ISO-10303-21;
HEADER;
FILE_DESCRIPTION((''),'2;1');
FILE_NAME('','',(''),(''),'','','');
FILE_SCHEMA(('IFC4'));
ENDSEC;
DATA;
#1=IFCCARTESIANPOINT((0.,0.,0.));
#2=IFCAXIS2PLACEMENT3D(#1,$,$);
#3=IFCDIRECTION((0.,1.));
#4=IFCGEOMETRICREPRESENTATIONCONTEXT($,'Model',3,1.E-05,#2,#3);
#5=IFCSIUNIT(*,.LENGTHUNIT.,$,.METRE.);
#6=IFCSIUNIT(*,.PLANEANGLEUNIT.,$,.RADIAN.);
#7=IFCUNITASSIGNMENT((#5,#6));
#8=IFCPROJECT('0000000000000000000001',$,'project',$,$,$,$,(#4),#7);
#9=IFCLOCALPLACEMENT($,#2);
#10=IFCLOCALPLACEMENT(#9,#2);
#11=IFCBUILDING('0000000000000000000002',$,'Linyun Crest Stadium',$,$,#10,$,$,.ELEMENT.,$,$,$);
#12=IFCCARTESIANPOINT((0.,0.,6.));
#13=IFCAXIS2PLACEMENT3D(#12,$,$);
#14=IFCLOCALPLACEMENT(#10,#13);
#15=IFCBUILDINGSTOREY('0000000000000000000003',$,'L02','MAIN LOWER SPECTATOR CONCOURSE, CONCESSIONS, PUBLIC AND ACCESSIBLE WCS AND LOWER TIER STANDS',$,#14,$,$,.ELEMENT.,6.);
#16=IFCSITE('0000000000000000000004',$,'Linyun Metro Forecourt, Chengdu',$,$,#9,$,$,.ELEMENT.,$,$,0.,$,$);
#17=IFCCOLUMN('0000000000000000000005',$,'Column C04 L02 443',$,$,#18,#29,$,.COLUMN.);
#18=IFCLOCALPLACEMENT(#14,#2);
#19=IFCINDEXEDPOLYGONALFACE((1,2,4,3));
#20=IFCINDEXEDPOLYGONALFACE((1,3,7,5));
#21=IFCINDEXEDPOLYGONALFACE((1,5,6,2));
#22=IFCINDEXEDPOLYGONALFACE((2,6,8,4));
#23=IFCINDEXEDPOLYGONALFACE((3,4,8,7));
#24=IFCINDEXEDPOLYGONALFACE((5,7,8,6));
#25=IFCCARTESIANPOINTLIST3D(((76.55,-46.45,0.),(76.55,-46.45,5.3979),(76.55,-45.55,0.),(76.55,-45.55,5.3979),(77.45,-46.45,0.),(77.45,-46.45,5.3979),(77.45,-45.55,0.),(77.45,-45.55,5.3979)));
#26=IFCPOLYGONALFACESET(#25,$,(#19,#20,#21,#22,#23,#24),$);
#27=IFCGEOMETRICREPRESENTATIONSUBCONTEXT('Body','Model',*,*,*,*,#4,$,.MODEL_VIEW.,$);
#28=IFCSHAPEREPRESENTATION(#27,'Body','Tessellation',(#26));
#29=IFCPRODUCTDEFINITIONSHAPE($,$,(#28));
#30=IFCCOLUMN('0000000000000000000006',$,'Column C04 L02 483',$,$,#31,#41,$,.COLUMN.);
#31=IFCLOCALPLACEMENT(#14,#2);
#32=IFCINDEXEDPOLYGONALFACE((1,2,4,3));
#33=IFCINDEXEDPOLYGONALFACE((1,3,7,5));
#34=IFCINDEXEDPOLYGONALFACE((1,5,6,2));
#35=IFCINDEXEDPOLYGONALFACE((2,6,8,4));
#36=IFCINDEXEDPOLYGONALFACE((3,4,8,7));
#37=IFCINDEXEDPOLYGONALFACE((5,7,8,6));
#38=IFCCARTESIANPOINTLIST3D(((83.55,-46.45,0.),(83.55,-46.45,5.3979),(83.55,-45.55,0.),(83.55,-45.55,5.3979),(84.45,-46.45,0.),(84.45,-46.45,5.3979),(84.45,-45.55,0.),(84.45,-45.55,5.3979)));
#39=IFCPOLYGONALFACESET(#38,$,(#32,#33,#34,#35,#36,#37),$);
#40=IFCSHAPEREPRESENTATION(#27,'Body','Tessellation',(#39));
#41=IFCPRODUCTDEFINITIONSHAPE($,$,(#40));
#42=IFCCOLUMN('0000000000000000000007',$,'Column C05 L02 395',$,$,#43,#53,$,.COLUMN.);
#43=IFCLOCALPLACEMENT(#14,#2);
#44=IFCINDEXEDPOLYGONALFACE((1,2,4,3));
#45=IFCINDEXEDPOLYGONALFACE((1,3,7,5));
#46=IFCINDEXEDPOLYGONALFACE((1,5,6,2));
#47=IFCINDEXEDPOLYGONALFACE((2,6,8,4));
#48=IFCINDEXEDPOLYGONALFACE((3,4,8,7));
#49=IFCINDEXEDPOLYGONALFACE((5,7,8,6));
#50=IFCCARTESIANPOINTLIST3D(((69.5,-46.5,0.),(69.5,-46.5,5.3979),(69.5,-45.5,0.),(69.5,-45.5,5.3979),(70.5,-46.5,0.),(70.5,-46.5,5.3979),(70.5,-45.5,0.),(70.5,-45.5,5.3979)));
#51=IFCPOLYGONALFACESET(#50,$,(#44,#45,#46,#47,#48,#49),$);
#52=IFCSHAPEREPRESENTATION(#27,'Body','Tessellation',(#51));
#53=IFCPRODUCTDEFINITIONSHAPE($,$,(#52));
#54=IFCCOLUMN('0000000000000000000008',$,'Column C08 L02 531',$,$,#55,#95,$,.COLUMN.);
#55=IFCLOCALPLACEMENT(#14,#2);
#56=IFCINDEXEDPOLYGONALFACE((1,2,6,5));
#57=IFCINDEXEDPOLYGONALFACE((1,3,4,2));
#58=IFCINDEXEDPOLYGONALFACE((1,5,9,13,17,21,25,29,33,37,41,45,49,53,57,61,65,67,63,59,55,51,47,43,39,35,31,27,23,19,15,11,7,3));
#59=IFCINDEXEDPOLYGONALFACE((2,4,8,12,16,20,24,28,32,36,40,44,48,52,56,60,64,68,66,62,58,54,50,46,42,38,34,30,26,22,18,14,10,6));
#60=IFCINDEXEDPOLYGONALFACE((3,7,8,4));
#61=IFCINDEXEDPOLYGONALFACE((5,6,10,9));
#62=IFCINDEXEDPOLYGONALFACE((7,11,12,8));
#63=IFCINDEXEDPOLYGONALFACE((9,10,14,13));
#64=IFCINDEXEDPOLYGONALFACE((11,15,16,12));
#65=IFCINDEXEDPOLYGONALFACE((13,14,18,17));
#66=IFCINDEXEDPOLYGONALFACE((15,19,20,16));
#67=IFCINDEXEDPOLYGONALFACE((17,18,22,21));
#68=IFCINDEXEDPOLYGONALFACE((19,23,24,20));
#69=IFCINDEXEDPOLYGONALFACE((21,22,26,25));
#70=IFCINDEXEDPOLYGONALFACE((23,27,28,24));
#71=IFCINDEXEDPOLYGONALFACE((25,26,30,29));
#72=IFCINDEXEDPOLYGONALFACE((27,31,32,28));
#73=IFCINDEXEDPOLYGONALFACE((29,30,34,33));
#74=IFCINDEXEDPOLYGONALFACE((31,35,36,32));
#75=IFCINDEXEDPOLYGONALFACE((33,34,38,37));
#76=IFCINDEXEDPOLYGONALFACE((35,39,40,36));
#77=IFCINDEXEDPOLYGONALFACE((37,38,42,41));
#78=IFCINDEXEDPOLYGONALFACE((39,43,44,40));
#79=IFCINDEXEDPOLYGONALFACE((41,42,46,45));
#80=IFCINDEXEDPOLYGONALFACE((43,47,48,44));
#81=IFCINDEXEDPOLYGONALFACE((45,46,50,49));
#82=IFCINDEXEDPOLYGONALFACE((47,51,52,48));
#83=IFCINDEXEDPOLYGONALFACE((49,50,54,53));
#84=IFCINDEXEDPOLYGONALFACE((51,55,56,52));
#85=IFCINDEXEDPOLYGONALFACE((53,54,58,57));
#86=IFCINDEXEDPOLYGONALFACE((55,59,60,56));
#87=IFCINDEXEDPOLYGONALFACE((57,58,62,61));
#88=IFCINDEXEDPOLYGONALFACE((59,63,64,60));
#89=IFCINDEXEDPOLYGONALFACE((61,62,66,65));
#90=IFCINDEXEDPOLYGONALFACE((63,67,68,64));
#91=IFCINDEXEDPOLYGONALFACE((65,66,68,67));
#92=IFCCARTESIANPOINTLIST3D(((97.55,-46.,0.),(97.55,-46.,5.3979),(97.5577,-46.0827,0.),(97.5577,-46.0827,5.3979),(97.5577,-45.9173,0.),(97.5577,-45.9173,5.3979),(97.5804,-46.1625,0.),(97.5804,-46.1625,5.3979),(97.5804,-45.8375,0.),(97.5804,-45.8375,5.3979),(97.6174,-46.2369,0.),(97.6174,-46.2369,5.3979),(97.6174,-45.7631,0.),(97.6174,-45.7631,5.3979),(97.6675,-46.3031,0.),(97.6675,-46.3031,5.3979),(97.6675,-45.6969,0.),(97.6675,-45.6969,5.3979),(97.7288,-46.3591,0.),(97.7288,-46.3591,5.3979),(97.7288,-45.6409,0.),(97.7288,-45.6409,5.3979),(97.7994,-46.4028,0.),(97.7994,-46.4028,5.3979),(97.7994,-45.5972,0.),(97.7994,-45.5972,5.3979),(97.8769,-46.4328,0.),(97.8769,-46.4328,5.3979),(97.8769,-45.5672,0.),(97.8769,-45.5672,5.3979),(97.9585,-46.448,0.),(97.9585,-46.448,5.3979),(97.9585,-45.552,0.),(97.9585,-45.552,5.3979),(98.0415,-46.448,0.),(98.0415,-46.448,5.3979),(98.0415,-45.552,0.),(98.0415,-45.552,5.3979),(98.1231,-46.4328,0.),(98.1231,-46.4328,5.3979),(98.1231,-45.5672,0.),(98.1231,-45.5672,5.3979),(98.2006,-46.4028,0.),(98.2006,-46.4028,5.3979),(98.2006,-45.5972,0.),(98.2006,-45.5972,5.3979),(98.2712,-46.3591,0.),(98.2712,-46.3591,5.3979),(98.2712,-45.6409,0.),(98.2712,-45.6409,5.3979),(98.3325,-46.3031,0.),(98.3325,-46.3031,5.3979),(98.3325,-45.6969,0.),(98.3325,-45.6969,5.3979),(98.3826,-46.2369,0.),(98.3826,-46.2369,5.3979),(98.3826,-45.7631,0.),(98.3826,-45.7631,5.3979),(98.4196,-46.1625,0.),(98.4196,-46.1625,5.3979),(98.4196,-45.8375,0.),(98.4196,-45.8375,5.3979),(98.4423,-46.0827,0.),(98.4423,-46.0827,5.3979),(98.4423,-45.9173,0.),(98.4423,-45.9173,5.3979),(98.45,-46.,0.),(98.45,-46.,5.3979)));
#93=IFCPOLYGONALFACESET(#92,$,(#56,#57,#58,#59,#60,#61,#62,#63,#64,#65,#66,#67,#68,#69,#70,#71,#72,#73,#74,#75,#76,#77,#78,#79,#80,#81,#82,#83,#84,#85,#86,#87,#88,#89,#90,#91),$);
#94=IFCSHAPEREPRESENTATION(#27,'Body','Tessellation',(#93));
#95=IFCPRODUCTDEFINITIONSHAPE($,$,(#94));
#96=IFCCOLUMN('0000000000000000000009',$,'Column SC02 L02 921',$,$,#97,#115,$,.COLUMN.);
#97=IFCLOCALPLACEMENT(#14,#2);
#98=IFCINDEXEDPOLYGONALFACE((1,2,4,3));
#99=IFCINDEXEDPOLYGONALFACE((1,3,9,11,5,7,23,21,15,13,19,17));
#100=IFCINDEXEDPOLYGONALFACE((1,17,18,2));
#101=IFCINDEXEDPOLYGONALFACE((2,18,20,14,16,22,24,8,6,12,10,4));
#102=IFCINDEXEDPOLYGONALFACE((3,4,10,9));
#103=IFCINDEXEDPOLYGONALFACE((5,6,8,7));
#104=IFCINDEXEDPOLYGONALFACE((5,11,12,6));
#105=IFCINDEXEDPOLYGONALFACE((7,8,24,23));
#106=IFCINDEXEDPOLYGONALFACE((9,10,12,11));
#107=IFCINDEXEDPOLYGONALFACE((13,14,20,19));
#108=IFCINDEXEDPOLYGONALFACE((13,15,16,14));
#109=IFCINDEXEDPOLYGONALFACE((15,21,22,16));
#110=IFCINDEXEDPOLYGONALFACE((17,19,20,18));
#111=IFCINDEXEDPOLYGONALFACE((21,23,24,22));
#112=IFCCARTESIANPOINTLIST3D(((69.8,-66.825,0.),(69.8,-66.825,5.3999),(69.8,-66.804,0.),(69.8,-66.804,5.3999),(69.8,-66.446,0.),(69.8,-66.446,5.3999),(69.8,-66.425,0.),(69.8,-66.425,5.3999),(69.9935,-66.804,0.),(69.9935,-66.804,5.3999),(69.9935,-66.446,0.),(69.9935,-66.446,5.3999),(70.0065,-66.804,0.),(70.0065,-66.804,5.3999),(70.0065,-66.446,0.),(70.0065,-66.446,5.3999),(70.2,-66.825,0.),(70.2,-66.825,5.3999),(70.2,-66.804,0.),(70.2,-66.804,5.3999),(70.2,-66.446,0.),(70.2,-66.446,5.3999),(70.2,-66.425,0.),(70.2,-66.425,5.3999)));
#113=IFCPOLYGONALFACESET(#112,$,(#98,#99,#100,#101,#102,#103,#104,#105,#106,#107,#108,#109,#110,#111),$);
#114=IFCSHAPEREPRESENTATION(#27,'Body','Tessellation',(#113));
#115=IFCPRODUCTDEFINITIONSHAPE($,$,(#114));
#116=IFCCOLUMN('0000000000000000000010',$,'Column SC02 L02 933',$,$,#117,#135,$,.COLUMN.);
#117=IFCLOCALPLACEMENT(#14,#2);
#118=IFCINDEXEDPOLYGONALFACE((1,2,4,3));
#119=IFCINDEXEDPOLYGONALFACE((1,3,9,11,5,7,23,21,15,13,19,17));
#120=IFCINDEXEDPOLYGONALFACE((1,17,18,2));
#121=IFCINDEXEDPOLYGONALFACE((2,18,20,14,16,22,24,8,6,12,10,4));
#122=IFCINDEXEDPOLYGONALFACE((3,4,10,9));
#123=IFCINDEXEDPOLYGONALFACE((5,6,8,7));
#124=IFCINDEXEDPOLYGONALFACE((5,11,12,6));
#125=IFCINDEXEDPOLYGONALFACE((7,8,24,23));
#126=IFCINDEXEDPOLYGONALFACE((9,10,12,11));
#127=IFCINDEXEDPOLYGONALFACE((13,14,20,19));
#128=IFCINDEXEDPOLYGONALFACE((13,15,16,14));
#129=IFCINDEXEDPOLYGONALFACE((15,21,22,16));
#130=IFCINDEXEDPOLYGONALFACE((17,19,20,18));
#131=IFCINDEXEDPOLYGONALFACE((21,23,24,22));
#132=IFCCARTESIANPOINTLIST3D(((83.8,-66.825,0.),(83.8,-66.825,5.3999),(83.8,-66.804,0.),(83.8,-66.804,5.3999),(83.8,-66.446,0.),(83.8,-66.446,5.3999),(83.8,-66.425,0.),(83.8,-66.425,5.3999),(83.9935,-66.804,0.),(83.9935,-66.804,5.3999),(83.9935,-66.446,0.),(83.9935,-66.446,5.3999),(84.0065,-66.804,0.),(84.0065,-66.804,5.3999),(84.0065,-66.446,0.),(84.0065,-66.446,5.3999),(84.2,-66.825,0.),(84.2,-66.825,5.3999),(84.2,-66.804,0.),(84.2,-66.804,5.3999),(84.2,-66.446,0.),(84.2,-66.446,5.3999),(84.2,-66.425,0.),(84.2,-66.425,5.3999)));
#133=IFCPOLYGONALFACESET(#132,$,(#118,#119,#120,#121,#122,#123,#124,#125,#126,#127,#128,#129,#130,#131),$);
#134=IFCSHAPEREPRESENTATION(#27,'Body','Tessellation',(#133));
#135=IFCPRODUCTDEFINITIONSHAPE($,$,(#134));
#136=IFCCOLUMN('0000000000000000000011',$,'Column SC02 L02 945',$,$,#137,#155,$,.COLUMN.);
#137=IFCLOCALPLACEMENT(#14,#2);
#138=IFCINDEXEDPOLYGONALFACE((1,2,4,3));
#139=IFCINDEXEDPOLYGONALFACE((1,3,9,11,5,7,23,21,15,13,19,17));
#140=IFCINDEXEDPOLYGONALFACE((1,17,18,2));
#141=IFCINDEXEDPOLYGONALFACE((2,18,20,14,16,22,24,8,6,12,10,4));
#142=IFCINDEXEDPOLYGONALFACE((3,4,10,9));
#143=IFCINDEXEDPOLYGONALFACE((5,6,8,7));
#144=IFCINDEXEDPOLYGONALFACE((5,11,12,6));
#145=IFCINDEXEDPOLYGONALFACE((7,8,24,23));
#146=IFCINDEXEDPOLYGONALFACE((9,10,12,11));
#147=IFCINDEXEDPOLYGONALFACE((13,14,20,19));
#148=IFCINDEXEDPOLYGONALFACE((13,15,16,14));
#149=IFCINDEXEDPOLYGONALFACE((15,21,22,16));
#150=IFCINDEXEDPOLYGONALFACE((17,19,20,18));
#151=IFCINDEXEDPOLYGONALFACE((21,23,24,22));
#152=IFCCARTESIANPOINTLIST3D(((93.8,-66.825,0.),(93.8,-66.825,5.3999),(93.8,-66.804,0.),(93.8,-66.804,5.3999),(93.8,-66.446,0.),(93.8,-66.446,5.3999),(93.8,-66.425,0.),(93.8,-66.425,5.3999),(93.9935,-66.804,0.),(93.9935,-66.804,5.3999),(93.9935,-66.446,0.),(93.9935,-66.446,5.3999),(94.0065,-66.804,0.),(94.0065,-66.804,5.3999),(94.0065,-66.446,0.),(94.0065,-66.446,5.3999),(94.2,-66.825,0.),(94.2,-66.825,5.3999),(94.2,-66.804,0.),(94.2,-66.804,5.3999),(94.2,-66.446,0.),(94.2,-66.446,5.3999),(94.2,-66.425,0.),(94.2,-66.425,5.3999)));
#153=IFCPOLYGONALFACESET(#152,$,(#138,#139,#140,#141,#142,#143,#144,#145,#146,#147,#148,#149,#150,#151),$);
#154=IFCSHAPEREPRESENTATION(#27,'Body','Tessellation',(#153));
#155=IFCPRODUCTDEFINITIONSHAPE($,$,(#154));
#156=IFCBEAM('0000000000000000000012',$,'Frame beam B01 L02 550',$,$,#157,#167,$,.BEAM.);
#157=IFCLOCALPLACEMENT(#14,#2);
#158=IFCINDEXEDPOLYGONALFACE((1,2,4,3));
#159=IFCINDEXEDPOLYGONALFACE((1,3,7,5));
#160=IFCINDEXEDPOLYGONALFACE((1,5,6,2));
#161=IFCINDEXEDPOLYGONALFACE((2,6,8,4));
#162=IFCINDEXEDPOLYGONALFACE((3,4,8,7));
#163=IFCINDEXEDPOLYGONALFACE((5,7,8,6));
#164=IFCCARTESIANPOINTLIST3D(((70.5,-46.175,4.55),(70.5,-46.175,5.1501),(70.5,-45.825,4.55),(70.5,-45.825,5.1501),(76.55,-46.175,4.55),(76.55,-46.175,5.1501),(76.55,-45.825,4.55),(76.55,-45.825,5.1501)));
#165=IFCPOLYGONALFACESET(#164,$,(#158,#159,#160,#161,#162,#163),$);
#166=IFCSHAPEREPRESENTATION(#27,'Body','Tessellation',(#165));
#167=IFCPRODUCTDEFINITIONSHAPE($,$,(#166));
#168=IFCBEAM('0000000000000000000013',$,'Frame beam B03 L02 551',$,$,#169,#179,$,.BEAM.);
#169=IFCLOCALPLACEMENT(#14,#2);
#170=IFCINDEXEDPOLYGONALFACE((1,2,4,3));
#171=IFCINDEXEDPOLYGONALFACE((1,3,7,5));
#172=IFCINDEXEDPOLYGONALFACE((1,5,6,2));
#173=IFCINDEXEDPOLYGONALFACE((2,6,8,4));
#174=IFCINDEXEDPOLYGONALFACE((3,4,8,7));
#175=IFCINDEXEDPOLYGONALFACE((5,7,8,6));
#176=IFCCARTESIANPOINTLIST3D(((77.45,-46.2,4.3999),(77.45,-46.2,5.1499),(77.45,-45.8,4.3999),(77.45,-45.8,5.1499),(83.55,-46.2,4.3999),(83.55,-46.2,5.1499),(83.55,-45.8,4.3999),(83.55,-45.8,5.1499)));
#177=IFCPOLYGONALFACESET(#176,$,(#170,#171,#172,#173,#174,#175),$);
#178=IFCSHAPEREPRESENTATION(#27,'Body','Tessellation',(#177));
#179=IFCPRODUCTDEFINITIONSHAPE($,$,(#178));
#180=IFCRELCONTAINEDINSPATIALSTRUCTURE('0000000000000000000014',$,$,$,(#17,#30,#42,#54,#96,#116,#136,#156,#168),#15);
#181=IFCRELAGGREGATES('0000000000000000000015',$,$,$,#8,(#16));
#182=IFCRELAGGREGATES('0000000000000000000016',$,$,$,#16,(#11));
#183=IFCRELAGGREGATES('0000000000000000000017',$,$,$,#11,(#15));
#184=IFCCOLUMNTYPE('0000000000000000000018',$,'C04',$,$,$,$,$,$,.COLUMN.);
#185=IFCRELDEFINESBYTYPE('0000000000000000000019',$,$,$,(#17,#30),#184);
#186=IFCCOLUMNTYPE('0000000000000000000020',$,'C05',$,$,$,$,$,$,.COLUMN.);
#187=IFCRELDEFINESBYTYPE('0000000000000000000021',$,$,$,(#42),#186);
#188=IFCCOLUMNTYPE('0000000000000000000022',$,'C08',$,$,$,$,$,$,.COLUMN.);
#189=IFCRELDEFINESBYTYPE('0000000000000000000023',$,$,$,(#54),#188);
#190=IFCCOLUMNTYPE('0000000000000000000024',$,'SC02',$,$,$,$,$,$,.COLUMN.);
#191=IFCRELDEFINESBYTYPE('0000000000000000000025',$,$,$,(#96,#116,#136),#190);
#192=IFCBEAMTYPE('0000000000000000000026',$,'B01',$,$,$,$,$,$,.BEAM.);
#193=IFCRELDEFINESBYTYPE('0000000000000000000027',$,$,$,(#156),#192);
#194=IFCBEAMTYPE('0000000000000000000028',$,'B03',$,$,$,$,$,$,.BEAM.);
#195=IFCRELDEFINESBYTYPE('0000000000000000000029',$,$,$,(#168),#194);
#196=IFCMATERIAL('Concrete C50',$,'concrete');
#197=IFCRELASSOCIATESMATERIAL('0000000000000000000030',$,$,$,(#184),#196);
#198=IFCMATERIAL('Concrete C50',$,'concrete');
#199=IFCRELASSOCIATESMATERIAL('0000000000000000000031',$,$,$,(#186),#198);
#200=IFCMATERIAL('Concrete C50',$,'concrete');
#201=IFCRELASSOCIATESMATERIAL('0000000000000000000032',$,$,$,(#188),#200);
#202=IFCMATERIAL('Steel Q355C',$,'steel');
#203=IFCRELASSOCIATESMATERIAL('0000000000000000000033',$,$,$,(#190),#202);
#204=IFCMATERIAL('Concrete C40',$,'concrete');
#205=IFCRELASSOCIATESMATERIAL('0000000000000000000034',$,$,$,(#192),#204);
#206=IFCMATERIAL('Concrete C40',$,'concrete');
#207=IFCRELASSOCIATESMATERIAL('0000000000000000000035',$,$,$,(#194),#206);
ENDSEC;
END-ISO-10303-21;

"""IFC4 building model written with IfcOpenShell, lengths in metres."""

from ifc_helpers import new_model, si_unit, direction, frame, origin, origin_2d, place, context, subcontext, project, spatial, rectangle, circle, i_section, extrude, material, material_profile, profile_set, type_object, element, save


model = new_model("IFC4")

# Units and contexts
model_context = context("Model", 3, precision=1e-05, world=origin(), true_north=direction((0.0, 1.0)))
body_context = subcontext(model_context, "Body", "Model", "MODEL_VIEW")
ifc_project = project(units=[si_unit("LENGTHUNIT", "METRE"), si_unit("PLANEANGLEUNIT", "RADIAN")], contexts=[model_context])

# Site, building, storey
site_placement = place(None, origin())
site = spatial("IfcSite", under=ifc_project, at=site_placement, Name="Linyun Metro Forecourt, Chengdu", CompositionType="ELEMENT", RefElevation=0.0)
building_placement = place(site_placement, origin())
building = spatial("IfcBuilding", under=site, at=building_placement, Name="Linyun Crest Stadium", CompositionType="ELEMENT")
storey_placement = place(building_placement, frame((0.0, 0.0, 6.0)))
storey = spatial("IfcBuildingStorey", under=building, at=storey_placement, Name="L02", Description="MAIN LOWER SPECTATOR CONCOURSE, CONCESSIONS, PUBLIC AND ACCESSIBLE WCS AND LOWER TIER STANDS", CompositionType="ELEMENT", Elevation=6.0)

# Columns
ifc_material_1 = material(Name="Concrete C50", Category="concrete")
ifc_material_profile_1 = material_profile(ifc_material_1, rectangle(XDim=0.8999, YDim=0.8999, at=origin_2d()), Name="RC 900x900")
ifc_profile_set_1 = profile_set([ifc_material_profile_1], Name="Concrete C50")
column_type_1 = type_object("IfcColumnType", Name="C04", PredefinedType="COLUMN", material=ifc_profile_set_1)
for number, where, z_axis, x_axis, name in (
    (1, (77.0, -46.0, 0.0), (0.0, 0.0, 1.0), (1.0, 0.0, 0.0), "Column C04 L02 443"),
    (2, (84.0, -46.0, 0.0), (0.0, 0.0, 1.0), (1.0, 0.0, 0.0), "Column C04 L02 483"),
):
    element("IfcColumn", number, at=place(storey_placement, frame(where, z_axis=z_axis, x_axis=x_axis)), inside=storey, type_object=column_type_1, Name=name, PredefinedType="COLUMN", context=body_context, shape_type="SweptSolid", body=[
        extrude(rectangle(XDim=0.8999, YDim=0.8999, at=origin_2d()), origin(), (0.0, 0.0, 1.0), 5.3979),
    ])
ifc_material_2 = material(Name="Concrete C50", Category="concrete")
ifc_material_profile_2 = material_profile(ifc_material_2, rectangle(XDim=1.0, YDim=1.0, at=origin_2d()), Name="RC 1000x1000")
ifc_profile_set_2 = profile_set([ifc_material_profile_2], Name="Concrete C50")
column_type_2 = type_object("IfcColumnType", Name="C05", PredefinedType="COLUMN", material=ifc_profile_set_2)
column_1_placement = place(storey_placement, frame((70.0, -46.0, 0.0), z_axis=(0.0, 0.0, 1.0), x_axis=(1.0, 0.0, 0.0)))
element("IfcColumn", 3, at=column_1_placement, inside=storey, type_object=column_type_2, Name="Column C05 L02 395", PredefinedType="COLUMN", context=body_context, shape_type="SweptSolid", body=[
    extrude(rectangle(XDim=1.0, YDim=1.0, at=origin_2d()), origin(), (0.0, 0.0, 1.0), 5.3979),
])
ifc_material_3 = material(Name="Concrete C50", Category="concrete")
ifc_material_profile_3 = material_profile(ifc_material_3, circle(Radius=0.45, at=origin_2d()), Name="RC D900")
ifc_profile_set_3 = profile_set([ifc_material_profile_3], Name="Concrete C50")
column_type_3 = type_object("IfcColumnType", Name="C08", PredefinedType="COLUMN", material=ifc_profile_set_3)
column_2_placement = place(storey_placement, frame((98.0, -46.0, 0.0), z_axis=(0.0, 0.0, 1.0), x_axis=(1.0, 0.0, 0.0)))
element("IfcColumn", 4, at=column_2_placement, inside=storey, type_object=column_type_3, Name="Column C08 L02 531", PredefinedType="COLUMN", context=body_context, shape_type="SweptSolid", body=[
    extrude(circle(Radius=0.45, at=origin_2d()), origin(), (0.0, 0.0, 1.0), 5.3979),
])
ifc_material_4 = material(Name="Steel Q355C", Category="steel")
ifc_material_profile_4 = material_profile(ifc_material_4, i_section(OverallWidth=0.3999, OverallDepth=0.3999, WebThickness=0.0129, FlangeThickness=0.021, at=origin_2d()), Name="HW 400x400")
ifc_profile_set_4 = profile_set([ifc_material_profile_4], Name="Steel Q355C")
column_type_4 = type_object("IfcColumnType", Name="SC02", PredefinedType="COLUMN", material=ifc_profile_set_4)
for number, where, z_axis, x_axis, name in (
    (5, (70.0, -66.625, 0.0), (0.0, 0.0, 1.0), (1.0, 0.0, 0.0), "Column SC02 L02 921"),
    (6, (84.0, -66.625, 0.0), (0.0, 0.0, 1.0), (1.0, 0.0, 0.0), "Column SC02 L02 933"),
    (7, (94.0, -66.625, 0.0), (0.0, 0.0, 1.0), (1.0, 0.0, 0.0), "Column SC02 L02 945"),
):
    element("IfcColumn", number, at=place(storey_placement, frame(where, z_axis=z_axis, x_axis=x_axis)), inside=storey, type_object=column_type_4, Name=name, PredefinedType="COLUMN", context=body_context, shape_type="SweptSolid", body=[
        extrude(i_section(OverallWidth=0.3999, OverallDepth=0.3999, WebThickness=0.0129, FlangeThickness=0.021, at=origin_2d()), origin(), (0.0, 0.0, 1.0), 5.3999),
    ])

# Beams
ifc_material_5 = material(Name="Concrete C40", Category="concrete")
ifc_material_profile_5 = material_profile(ifc_material_5, rectangle(XDim=0.3501, YDim=0.6001, at=origin_2d()), Name="RCB 600x350")
ifc_profile_set_5 = profile_set([ifc_material_profile_5], Name="Concrete C40")
beam_type_1 = type_object("IfcBeamType", Name="B01", PredefinedType="BEAM", material=ifc_profile_set_5)
beam_1_placement = place(storey_placement, frame((70.5, -46.0, 4.8501), z_axis=(1.0, 0.0, 0.0), x_axis=(0.0, 1.0, 0.0)))
element("IfcBeam", 8, at=beam_1_placement, inside=storey, type_object=beam_type_1, Name="Frame beam B01 L02 550", PredefinedType="BEAM", context=body_context, shape_type="SweptSolid", body=[
    extrude(rectangle(XDim=0.3501, YDim=0.6001, at=origin_2d()), origin(), (0.0, 0.0, 1.0), 6.05),
])
ifc_material_6 = material(Name="Concrete C40", Category="concrete")
ifc_material_profile_6 = material_profile(ifc_material_6, rectangle(XDim=0.3999, YDim=0.75, at=origin_2d()), Name="RCB 750x400")
ifc_profile_set_6 = profile_set([ifc_material_profile_6], Name="Concrete C40")
beam_type_2 = type_object("IfcBeamType", Name="B03", PredefinedType="BEAM", material=ifc_profile_set_6)
beam_2_placement = place(storey_placement, frame((77.45, -46.0, 4.7749), z_axis=(1.0, 0.0, 0.0), x_axis=(0.0, 1.0, 0.0)))
element("IfcBeam", 9, at=beam_2_placement, inside=storey, type_object=beam_type_2, Name="Frame beam B03 L02 551", PredefinedType="BEAM", context=body_context, shape_type="SweptSolid", body=[
    extrude(rectangle(XDim=0.3999, YDim=0.75, at=origin_2d()), origin(), (0.0, 0.0, 1.0), 6.1001),
])

save(model, "model.ifc")
